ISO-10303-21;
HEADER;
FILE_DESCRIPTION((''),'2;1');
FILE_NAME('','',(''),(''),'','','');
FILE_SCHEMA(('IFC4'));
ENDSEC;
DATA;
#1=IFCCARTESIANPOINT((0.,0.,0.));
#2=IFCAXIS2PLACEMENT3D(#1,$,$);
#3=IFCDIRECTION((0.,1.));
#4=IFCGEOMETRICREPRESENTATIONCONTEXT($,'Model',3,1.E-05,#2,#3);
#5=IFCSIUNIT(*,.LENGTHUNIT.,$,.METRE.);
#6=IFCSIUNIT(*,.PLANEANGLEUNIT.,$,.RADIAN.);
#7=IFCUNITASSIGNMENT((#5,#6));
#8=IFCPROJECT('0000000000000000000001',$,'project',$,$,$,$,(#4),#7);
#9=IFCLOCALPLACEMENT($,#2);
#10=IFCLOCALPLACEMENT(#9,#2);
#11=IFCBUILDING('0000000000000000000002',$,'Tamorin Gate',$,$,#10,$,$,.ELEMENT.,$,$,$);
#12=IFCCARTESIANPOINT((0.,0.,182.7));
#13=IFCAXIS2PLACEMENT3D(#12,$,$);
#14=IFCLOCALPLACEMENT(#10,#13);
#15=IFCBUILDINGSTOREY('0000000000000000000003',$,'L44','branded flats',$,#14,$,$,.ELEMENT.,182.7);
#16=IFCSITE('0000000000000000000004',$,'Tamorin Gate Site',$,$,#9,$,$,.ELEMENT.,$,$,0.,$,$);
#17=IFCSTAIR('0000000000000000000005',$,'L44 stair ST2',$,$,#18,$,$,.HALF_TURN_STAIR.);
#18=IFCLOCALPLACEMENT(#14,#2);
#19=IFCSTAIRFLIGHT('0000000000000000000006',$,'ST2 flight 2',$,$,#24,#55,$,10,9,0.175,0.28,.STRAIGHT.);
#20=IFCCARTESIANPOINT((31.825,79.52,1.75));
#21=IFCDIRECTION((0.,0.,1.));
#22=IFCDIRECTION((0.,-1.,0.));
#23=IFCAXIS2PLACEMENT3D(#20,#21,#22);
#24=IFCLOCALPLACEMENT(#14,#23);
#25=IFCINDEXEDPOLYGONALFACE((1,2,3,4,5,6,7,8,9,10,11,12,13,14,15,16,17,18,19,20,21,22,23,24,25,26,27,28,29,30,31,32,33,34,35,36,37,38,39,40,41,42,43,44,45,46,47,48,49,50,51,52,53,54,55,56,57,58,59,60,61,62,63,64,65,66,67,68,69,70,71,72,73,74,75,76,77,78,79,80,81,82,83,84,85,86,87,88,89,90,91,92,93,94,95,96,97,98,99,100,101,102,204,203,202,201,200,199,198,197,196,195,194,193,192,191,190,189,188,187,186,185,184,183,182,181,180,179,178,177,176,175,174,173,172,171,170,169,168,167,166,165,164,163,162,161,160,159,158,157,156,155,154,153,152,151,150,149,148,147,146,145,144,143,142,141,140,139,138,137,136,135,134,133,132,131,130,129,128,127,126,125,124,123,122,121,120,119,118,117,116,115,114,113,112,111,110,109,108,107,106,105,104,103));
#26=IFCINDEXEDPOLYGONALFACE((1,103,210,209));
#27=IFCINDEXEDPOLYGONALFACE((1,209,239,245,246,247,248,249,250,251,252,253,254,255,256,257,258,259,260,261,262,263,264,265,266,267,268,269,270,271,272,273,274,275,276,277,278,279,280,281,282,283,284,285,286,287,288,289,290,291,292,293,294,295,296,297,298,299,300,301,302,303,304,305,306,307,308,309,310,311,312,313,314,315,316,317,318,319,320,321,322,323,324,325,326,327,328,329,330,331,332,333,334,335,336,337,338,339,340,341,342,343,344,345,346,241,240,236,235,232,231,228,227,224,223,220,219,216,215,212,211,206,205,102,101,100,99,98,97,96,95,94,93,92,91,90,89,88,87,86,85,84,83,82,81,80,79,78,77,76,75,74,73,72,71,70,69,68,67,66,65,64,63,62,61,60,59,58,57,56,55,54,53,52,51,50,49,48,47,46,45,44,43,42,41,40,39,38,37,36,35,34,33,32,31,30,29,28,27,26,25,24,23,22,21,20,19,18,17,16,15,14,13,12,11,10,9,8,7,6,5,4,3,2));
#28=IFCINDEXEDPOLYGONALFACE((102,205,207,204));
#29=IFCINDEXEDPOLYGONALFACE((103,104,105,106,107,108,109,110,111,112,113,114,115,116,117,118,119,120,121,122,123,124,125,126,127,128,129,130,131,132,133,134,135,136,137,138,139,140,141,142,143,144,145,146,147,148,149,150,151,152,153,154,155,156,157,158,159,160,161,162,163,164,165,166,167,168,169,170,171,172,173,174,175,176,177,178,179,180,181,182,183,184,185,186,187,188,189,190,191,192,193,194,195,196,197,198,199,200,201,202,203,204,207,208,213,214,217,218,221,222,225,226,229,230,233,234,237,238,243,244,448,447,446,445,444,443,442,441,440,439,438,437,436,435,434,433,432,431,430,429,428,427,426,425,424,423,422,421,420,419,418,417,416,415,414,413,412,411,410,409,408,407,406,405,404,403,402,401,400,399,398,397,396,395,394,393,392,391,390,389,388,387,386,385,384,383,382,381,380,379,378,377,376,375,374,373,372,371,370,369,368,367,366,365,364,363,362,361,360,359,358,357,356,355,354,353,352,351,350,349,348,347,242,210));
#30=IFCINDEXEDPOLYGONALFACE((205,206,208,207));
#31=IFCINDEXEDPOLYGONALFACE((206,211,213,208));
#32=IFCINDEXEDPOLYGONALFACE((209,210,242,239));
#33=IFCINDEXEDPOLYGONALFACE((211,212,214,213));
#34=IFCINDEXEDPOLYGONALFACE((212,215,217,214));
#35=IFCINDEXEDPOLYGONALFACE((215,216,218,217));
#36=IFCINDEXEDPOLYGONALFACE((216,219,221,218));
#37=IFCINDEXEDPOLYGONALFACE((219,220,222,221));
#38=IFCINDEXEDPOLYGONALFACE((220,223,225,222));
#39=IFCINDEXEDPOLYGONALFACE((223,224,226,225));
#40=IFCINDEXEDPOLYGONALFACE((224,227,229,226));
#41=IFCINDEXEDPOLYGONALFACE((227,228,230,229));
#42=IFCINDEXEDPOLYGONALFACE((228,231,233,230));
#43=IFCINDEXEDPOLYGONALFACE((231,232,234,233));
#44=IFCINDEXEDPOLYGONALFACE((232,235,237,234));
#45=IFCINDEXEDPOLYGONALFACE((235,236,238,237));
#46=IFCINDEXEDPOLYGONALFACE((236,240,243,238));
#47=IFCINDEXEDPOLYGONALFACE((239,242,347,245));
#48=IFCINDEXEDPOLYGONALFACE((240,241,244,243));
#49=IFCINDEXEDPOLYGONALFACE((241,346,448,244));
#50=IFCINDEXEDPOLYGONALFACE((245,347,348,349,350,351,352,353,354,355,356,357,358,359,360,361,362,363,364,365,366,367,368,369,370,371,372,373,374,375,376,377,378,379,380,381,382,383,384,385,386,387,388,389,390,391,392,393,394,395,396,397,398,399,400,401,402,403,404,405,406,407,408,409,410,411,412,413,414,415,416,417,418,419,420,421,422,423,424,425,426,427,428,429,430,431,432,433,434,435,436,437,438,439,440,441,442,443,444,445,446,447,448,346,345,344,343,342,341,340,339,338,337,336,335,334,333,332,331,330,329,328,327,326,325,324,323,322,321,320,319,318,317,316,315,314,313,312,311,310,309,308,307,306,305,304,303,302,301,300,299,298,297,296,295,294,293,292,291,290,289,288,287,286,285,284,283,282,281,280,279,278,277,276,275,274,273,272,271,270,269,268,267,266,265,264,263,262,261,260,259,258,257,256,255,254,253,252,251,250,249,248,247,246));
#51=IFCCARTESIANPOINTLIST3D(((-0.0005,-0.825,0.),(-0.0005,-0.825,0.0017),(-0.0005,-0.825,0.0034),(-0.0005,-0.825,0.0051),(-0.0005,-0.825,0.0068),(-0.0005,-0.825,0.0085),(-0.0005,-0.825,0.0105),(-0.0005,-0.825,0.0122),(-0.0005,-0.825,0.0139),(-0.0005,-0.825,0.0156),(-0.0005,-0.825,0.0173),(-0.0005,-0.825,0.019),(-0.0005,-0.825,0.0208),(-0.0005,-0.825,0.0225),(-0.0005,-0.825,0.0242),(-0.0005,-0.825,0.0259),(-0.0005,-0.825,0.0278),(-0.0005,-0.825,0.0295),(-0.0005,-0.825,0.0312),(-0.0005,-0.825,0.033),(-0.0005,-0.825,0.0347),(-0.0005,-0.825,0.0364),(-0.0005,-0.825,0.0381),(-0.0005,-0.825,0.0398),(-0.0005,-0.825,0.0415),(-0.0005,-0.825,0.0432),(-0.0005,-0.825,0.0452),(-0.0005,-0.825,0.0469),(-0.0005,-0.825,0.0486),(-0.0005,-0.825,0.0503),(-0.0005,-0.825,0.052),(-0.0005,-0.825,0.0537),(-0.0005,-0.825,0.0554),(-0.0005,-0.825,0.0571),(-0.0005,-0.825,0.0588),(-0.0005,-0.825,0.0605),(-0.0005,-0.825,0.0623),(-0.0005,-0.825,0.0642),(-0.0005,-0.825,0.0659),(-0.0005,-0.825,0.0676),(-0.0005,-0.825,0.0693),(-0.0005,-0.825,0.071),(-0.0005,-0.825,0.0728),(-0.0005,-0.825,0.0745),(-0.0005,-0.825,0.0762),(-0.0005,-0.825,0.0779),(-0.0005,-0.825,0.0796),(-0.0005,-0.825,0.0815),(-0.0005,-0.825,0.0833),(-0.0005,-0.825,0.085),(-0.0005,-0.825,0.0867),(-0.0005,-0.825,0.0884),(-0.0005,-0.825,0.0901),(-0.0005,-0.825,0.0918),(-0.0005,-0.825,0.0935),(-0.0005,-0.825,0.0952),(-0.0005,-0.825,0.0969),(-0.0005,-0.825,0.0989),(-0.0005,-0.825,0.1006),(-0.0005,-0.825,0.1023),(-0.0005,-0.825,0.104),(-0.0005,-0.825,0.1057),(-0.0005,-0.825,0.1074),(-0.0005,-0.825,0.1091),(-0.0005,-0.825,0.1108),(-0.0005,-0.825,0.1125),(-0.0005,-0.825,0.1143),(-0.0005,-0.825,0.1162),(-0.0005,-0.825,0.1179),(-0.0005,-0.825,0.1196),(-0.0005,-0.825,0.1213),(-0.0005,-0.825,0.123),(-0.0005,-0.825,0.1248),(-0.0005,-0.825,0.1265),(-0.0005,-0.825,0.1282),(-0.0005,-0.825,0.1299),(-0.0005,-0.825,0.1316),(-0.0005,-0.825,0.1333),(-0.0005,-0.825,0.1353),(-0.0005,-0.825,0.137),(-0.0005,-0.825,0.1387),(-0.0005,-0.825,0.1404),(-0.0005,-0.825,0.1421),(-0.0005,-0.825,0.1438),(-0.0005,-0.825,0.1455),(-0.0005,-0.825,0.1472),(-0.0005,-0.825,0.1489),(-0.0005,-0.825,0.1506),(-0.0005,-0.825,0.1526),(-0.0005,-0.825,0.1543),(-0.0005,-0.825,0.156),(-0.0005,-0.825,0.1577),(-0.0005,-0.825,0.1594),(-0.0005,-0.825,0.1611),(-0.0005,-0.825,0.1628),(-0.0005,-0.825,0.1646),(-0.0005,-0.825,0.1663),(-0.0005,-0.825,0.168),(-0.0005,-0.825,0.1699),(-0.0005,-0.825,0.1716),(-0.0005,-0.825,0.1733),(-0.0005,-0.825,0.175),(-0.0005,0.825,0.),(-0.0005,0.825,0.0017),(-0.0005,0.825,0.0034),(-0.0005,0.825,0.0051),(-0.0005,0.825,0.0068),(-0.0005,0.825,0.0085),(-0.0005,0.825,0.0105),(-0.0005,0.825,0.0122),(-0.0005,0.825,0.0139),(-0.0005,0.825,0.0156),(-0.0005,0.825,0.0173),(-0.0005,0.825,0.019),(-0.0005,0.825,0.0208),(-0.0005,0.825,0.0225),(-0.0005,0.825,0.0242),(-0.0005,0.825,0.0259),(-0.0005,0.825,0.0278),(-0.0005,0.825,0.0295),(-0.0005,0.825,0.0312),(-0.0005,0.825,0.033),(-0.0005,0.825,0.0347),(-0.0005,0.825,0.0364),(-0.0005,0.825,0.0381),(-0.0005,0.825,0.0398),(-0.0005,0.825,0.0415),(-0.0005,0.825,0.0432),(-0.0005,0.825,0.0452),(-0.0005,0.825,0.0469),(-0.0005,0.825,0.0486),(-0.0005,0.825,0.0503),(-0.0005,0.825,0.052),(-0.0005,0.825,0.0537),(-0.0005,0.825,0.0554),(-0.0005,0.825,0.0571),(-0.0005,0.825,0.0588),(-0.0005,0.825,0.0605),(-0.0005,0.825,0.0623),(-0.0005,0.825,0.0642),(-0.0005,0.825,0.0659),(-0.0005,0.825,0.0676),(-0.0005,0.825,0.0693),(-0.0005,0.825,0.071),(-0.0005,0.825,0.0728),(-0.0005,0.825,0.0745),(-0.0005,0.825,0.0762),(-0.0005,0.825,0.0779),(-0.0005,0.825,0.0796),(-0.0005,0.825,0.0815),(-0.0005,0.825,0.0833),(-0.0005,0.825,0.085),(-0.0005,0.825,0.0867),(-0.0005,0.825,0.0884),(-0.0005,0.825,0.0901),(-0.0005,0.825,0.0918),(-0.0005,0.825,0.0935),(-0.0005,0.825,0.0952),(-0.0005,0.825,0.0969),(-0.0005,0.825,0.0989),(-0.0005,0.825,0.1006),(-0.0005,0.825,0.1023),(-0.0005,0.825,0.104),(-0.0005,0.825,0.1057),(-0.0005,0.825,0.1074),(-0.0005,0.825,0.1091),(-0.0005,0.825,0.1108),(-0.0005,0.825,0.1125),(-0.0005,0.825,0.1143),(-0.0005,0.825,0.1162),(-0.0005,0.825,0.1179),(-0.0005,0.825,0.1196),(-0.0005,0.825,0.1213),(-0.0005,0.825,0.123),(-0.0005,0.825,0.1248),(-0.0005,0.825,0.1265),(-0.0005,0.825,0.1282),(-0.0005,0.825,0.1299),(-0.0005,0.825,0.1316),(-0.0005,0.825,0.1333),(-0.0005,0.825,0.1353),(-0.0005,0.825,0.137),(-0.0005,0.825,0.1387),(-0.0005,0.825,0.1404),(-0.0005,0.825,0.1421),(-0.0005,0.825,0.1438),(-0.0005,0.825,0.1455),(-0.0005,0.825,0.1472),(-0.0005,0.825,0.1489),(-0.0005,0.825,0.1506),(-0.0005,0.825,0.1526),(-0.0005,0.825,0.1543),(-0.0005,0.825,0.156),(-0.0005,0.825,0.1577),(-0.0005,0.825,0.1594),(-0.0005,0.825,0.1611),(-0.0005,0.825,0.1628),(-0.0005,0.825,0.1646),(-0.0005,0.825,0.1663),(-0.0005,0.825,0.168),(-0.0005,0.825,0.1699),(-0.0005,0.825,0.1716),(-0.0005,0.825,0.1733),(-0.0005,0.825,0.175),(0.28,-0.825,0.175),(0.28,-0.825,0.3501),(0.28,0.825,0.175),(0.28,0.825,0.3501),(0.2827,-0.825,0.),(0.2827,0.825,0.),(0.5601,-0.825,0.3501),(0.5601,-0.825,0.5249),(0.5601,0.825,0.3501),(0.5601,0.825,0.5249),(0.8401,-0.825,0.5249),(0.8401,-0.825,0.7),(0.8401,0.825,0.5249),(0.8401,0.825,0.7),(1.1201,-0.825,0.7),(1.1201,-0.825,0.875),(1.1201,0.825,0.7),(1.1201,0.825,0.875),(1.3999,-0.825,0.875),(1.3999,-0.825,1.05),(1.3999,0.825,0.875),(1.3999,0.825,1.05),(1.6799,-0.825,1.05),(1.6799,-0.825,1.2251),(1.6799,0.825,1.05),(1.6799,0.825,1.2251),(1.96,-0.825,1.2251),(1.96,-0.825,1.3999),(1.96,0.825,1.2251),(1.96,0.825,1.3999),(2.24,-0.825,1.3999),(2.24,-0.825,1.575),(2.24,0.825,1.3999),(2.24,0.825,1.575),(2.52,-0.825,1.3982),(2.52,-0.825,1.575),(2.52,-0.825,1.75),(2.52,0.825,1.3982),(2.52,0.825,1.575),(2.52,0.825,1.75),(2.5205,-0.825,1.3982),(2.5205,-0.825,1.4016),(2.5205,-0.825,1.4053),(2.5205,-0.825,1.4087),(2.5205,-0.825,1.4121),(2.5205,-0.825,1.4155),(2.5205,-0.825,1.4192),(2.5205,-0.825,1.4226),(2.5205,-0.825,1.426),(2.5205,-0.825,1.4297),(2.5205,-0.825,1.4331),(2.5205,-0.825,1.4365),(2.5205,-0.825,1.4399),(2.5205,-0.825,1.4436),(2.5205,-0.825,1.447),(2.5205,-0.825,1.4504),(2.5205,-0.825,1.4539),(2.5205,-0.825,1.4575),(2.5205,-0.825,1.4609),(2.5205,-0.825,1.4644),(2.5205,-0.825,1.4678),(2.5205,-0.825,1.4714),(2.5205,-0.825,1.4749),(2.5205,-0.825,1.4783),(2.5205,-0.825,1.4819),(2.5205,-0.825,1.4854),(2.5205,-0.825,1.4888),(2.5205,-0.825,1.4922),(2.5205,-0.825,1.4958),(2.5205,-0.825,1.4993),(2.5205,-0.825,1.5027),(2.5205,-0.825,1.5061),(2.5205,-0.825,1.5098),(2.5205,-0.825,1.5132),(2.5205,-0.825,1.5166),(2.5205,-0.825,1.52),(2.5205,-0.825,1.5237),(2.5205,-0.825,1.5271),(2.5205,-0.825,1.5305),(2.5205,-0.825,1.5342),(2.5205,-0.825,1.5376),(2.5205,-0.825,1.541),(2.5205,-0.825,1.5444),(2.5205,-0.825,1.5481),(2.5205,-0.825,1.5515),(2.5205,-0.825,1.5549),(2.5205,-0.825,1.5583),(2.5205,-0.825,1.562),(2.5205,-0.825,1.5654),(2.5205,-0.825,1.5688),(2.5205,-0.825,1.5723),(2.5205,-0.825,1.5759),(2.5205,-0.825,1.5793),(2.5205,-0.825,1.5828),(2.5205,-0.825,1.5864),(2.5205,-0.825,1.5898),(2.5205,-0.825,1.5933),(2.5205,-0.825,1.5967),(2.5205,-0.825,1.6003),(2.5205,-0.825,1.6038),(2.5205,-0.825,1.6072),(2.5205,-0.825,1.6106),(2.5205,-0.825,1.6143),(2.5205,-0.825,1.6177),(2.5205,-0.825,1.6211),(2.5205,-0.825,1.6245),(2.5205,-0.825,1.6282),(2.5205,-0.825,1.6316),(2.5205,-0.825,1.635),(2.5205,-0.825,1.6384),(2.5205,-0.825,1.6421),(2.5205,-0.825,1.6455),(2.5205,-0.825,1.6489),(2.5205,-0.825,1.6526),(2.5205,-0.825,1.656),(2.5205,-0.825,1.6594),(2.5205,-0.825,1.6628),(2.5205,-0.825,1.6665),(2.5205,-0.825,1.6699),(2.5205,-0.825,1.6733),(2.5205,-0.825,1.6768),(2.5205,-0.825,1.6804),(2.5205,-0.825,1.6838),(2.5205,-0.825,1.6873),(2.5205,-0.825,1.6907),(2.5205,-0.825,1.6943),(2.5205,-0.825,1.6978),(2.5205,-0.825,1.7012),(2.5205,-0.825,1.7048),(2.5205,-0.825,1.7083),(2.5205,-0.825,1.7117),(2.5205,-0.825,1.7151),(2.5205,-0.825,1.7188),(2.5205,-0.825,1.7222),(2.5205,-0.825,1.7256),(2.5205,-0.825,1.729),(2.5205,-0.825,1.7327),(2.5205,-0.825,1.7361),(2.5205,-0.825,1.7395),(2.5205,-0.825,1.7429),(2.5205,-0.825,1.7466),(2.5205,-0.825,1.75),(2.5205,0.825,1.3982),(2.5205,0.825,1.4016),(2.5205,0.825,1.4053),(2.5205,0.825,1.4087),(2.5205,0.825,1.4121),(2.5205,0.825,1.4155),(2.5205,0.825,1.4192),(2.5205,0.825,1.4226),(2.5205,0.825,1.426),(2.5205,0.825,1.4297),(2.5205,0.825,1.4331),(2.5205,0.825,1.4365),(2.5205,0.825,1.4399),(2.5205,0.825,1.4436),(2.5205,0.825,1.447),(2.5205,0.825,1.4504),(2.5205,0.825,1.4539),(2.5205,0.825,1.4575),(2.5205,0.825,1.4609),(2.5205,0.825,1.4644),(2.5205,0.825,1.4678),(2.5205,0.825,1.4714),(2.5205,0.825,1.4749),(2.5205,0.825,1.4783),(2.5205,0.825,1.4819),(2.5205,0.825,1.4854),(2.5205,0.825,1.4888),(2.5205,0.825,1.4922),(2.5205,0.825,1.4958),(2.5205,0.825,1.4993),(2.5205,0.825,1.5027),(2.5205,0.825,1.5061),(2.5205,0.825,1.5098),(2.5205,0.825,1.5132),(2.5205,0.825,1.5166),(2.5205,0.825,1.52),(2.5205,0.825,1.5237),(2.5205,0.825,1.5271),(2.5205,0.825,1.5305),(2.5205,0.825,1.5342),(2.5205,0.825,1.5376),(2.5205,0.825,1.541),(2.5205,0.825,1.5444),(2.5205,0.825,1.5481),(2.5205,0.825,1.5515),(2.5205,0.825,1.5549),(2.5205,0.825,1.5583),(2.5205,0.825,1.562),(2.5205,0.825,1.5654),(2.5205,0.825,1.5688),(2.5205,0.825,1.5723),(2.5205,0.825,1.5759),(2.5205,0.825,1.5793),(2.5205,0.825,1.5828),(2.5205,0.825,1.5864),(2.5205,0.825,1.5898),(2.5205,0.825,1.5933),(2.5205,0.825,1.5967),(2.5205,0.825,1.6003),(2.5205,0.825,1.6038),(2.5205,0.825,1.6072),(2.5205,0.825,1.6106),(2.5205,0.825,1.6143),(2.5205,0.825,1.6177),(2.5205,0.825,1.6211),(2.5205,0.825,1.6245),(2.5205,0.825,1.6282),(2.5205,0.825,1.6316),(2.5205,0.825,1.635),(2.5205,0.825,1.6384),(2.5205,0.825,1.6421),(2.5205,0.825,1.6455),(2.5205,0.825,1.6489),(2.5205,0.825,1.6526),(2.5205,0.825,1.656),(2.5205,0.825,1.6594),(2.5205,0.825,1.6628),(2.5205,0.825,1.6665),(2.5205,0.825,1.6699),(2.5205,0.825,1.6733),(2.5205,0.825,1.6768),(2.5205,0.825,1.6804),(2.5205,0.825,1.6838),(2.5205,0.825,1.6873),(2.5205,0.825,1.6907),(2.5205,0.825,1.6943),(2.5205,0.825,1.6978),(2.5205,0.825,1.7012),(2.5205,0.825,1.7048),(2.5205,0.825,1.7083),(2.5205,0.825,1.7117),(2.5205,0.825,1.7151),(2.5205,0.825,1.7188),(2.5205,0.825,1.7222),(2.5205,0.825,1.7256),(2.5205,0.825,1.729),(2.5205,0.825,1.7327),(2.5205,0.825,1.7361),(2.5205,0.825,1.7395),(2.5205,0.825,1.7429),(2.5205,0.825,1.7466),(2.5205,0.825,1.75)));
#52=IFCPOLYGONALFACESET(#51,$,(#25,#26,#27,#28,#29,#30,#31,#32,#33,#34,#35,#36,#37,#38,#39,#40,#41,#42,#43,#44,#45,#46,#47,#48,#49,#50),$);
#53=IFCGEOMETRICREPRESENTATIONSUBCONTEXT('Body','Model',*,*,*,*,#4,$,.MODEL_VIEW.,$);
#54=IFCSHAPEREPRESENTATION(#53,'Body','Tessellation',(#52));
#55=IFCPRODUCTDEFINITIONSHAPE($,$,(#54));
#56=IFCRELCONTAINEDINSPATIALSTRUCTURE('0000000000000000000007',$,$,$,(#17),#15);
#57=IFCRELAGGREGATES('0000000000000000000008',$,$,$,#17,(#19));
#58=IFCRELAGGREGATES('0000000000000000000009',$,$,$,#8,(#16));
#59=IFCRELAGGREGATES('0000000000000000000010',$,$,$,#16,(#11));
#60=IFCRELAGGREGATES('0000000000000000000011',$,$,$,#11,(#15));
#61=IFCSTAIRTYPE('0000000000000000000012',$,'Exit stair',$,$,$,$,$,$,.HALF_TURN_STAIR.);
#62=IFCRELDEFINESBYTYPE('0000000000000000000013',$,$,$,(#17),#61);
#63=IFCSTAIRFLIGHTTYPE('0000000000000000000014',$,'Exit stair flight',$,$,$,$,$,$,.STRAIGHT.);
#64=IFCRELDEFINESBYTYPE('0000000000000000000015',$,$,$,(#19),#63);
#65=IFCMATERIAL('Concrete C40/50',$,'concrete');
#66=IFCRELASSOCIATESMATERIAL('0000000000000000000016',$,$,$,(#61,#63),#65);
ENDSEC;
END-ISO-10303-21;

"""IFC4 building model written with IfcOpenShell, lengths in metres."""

from ifc_helpers import new_model, si_unit, direction, frame, origin, place, context, subcontext, project, spatial, polyline, outline, extrude, material, type_object, element, aggregate, save


model = new_model("IFC4")

# Units and contexts
model_context = context("Model", 3, precision=1e-05, world=origin(), true_north=direction((0.0, 1.0)))
body_context = subcontext(model_context, "Body", "Model", "MODEL_VIEW")
ifc_project = project(units=[si_unit("LENGTHUNIT", "METRE"), si_unit("PLANEANGLEUNIT", "RADIAN")], contexts=[model_context])

# Site, building, storey
site_placement = place(None, origin())
site = spatial("IfcSite", under=ifc_project, at=site_placement, Name="Tamorin Gate Site", CompositionType="ELEMENT", RefElevation=0.0)
building_placement = place(site_placement, origin())
building = spatial("IfcBuilding", under=site, at=building_placement, Name="Tamorin Gate", CompositionType="ELEMENT")
storey_placement = place(building_placement, frame((0.0, 0.0, 182.7)))
storey = spatial("IfcBuildingStorey", under=building, at=storey_placement, Name="L44", Description="branded flats", CompositionType="ELEMENT", Elevation=182.7)

# Stair, stair flight
ifc_material_1 = material(Name="Concrete C40/50", Category="concrete")
stair_type = type_object("IfcStairType", Name="Exit stair", PredefinedType="HALF_TURN_STAIR", material=ifc_material_1)
stair_placement = place(storey_placement, origin())
stair = element("IfcStair", 1, at=stair_placement, inside=storey, type_object=stair_type, Name="L44 stair ST2", PredefinedType="HALF_TURN_STAIR")
stair_flight_type = type_object("IfcStairFlightType", Name="Exit stair flight", PredefinedType="STRAIGHT", material=ifc_material_1)
stair_flight_placement = place(storey_placement, frame((31.825, 79.52, 1.75), z_axis=(0.0, 0.0, 1.0), x_axis=(0.0, -1.0, 0.0)))
stair_flight = element("IfcStairFlight", 2, at=stair_flight_placement, type_object=stair_flight_type, Name="ST2 flight 2", NumberOfRisers=10, NumberOfTreads=9, PredefinedType="STRAIGHT", RiserHeight=0.175, TreadLength=0.28, context=body_context, shape_type="SweptSolid", body=[
    extrude(outline(polyline([(-0.0005, 0.0), (-0.0005, 0.0017), (-0.0005, 0.0034), (-0.0005, 0.0051), (-0.0005, 0.0068), (-0.0005, 0.0085), (-0.0005, 0.0105), (-0.0005, 0.0122), (-0.0005, 0.0139), (-0.0005, 0.0156), (-0.0005, 0.0173), (-0.0005, 0.019), (-0.0005, 0.0208), (-0.0005, 0.0225), (-0.0005, 0.0242), (-0.0005, 0.0259), (-0.0005, 0.0278), (-0.0005, 0.0295), (-0.0005, 0.0312), (-0.0005, 0.033), (-0.0005, 0.0347), (-0.0005, 0.0364), (-0.0005, 0.0381), (-0.0005, 0.0398), (-0.0005, 0.0415), (-0.0005, 0.0432), (-0.0005, 0.0452), (-0.0005, 0.0469), (-0.0005, 0.0486), (-0.0005, 0.0503), (-0.0005, 0.052), (-0.0005, 0.0537), (-0.0005, 0.0554), (-0.0005, 0.0571), (-0.0005, 0.0588), (-0.0005, 0.0605), (-0.0005, 0.0623), (-0.0005, 0.0642), (-0.0005, 0.0659), (-0.0005, 0.0676), (-0.0005, 0.0693), (-0.0005, 0.071), (-0.0005, 0.0728), (-0.0005, 0.0745), (-0.0005, 0.0762), (-0.0005, 0.0779), (-0.0005, 0.0796), (-0.0005, 0.0815), (-0.0005, 0.0833), (-0.0005, 0.085), (-0.0005, 0.0867), (-0.0005, 0.0884), (-0.0005, 0.0901), (-0.0005, 0.0918), (-0.0005, 0.0935), (-0.0005, 0.0952), (-0.0005, 0.0969), (-0.0005, 0.0989), (-0.0005, 0.1006), (-0.0005, 0.1023), (-0.0005, 0.104), (-0.0005, 0.1057), (-0.0005, 0.1074), (-0.0005, 0.1091), (-0.0005, 0.1108), (-0.0005, 0.1125), (-0.0005, 0.1143), (-0.0005, 0.1162), (-0.0005, 0.1179), (-0.0005, 0.1196), (-0.0005, 0.1213), (-0.0005, 0.123), (-0.0005, 0.1248), (-0.0005, 0.1265), (-0.0005, 0.1282), (-0.0005, 0.1299), (-0.0005, 0.1316), (-0.0005, 0.1333), (-0.0005, 0.1353), (-0.0005, 0.137), (-0.0005, 0.1387), (-0.0005, 0.1404), (-0.0005, 0.1421), (-0.0005, 0.1438), (-0.0005, 0.1455), (-0.0005, 0.1472), (-0.0005, 0.1489), (-0.0005, 0.1506), (-0.0005, 0.1526), (-0.0005, 0.1543), (-0.0005, 0.156), (-0.0005, 0.1577), (-0.0005, 0.1594), (-0.0005, 0.1611), (-0.0005, 0.1628), (-0.0005, 0.1646), (-0.0005, 0.1663), (-0.0005, 0.168), (-0.0005, 0.1699), (-0.0005, 0.1716), (-0.0005, 0.1733), (-0.0005, 0.175), (0.28, 0.175), (0.28, 0.3501), (0.5601, 0.3501), (0.5601, 0.5249), (0.8401, 0.5249), (0.8401, 0.7), (1.1201, 0.7), (1.1201, 0.875), (1.3999, 0.875), (1.3999, 1.05), (1.6799, 1.05), (1.6799, 1.2251), (1.96, 1.2251), (1.96, 1.3999), (2.24, 1.3999), (2.24, 1.575), (2.52, 1.575), (2.52, 1.75), (2.5205, 1.75), (2.5205, 1.7466), (2.5205, 1.7429), (2.5205, 1.7395), (2.5205, 1.7361), (2.5205, 1.7327), (2.5205, 1.729), (2.5205, 1.7256), (2.5205, 1.7222), (2.5205, 1.7188), (2.5205, 1.7151), (2.5205, 1.7117), (2.5205, 1.7083), (2.5205, 1.7048), (2.5205, 1.7012), (2.5205, 1.6978), (2.5205, 1.6943), (2.5205, 1.6907), (2.5205, 1.6873), (2.5205, 1.6838), (2.5205, 1.6804), (2.5205, 1.6768), (2.5205, 1.6733), (2.5205, 1.6699), (2.5205, 1.6665), (2.5205, 1.6628), (2.5205, 1.6594), (2.5205, 1.656), (2.5205, 1.6526), (2.5205, 1.6489), (2.5205, 1.6455), (2.5205, 1.6421), (2.5205, 1.6384), (2.5205, 1.635), (2.5205, 1.6316), (2.5205, 1.6282), (2.5205, 1.6245), (2.5205, 1.6211), (2.5205, 1.6177), (2.5205, 1.6143), (2.5205, 1.6106), (2.5205, 1.6072), (2.5205, 1.6038), (2.5205, 1.6003), (2.5205, 1.5967), (2.5205, 1.5933), (2.5205, 1.5898), (2.5205, 1.5864), (2.5205, 1.5828), (2.5205, 1.5793), (2.5205, 1.5759), (2.5205, 1.5723), (2.5205, 1.5688), (2.5205, 1.5654), (2.5205, 1.562), (2.5205, 1.5583), (2.5205, 1.5549), (2.5205, 1.5515), (2.5205, 1.5481), (2.5205, 1.5444), (2.5205, 1.541), (2.5205, 1.5376), (2.5205, 1.5342), (2.5205, 1.5305), (2.5205, 1.5271), (2.5205, 1.5237), (2.5205, 1.52), (2.5205, 1.5166), (2.5205, 1.5132), (2.5205, 1.5098), (2.5205, 1.5061), (2.5205, 1.5027), (2.5205, 1.4993), (2.5205, 1.4958), (2.5205, 1.4922), (2.5205, 1.4888), (2.5205, 1.4854), (2.5205, 1.4819), (2.5205, 1.4783), (2.5205, 1.4749), (2.5205, 1.4714), (2.5205, 1.4678), (2.5205, 1.4644), (2.5205, 1.4609), (2.5205, 1.4575), (2.5205, 1.4539), (2.5205, 1.4504), (2.5205, 1.447), (2.5205, 1.4436), (2.5205, 1.4399), (2.5205, 1.4365), (2.5205, 1.4331), (2.5205, 1.4297), (2.5205, 1.426), (2.5205, 1.4226), (2.5205, 1.4192), (2.5205, 1.4155), (2.5205, 1.4121), (2.5205, 1.4087), (2.5205, 1.4053), (2.5205, 1.4016), (2.5205, 1.3982), (2.52, 1.3982), (0.2827, 0.0), (-0.0005, 0.0)])), frame((0.0, 0.825, 0.0), z_axis=(0.0, -1.0, 0.0), x_axis=(1.0, 0.0, 0.0)), (0.0, 0.0, 1.0), 1.6499),
])
aggregate(stair, [stair_flight])

save(model, "model.ifc")
